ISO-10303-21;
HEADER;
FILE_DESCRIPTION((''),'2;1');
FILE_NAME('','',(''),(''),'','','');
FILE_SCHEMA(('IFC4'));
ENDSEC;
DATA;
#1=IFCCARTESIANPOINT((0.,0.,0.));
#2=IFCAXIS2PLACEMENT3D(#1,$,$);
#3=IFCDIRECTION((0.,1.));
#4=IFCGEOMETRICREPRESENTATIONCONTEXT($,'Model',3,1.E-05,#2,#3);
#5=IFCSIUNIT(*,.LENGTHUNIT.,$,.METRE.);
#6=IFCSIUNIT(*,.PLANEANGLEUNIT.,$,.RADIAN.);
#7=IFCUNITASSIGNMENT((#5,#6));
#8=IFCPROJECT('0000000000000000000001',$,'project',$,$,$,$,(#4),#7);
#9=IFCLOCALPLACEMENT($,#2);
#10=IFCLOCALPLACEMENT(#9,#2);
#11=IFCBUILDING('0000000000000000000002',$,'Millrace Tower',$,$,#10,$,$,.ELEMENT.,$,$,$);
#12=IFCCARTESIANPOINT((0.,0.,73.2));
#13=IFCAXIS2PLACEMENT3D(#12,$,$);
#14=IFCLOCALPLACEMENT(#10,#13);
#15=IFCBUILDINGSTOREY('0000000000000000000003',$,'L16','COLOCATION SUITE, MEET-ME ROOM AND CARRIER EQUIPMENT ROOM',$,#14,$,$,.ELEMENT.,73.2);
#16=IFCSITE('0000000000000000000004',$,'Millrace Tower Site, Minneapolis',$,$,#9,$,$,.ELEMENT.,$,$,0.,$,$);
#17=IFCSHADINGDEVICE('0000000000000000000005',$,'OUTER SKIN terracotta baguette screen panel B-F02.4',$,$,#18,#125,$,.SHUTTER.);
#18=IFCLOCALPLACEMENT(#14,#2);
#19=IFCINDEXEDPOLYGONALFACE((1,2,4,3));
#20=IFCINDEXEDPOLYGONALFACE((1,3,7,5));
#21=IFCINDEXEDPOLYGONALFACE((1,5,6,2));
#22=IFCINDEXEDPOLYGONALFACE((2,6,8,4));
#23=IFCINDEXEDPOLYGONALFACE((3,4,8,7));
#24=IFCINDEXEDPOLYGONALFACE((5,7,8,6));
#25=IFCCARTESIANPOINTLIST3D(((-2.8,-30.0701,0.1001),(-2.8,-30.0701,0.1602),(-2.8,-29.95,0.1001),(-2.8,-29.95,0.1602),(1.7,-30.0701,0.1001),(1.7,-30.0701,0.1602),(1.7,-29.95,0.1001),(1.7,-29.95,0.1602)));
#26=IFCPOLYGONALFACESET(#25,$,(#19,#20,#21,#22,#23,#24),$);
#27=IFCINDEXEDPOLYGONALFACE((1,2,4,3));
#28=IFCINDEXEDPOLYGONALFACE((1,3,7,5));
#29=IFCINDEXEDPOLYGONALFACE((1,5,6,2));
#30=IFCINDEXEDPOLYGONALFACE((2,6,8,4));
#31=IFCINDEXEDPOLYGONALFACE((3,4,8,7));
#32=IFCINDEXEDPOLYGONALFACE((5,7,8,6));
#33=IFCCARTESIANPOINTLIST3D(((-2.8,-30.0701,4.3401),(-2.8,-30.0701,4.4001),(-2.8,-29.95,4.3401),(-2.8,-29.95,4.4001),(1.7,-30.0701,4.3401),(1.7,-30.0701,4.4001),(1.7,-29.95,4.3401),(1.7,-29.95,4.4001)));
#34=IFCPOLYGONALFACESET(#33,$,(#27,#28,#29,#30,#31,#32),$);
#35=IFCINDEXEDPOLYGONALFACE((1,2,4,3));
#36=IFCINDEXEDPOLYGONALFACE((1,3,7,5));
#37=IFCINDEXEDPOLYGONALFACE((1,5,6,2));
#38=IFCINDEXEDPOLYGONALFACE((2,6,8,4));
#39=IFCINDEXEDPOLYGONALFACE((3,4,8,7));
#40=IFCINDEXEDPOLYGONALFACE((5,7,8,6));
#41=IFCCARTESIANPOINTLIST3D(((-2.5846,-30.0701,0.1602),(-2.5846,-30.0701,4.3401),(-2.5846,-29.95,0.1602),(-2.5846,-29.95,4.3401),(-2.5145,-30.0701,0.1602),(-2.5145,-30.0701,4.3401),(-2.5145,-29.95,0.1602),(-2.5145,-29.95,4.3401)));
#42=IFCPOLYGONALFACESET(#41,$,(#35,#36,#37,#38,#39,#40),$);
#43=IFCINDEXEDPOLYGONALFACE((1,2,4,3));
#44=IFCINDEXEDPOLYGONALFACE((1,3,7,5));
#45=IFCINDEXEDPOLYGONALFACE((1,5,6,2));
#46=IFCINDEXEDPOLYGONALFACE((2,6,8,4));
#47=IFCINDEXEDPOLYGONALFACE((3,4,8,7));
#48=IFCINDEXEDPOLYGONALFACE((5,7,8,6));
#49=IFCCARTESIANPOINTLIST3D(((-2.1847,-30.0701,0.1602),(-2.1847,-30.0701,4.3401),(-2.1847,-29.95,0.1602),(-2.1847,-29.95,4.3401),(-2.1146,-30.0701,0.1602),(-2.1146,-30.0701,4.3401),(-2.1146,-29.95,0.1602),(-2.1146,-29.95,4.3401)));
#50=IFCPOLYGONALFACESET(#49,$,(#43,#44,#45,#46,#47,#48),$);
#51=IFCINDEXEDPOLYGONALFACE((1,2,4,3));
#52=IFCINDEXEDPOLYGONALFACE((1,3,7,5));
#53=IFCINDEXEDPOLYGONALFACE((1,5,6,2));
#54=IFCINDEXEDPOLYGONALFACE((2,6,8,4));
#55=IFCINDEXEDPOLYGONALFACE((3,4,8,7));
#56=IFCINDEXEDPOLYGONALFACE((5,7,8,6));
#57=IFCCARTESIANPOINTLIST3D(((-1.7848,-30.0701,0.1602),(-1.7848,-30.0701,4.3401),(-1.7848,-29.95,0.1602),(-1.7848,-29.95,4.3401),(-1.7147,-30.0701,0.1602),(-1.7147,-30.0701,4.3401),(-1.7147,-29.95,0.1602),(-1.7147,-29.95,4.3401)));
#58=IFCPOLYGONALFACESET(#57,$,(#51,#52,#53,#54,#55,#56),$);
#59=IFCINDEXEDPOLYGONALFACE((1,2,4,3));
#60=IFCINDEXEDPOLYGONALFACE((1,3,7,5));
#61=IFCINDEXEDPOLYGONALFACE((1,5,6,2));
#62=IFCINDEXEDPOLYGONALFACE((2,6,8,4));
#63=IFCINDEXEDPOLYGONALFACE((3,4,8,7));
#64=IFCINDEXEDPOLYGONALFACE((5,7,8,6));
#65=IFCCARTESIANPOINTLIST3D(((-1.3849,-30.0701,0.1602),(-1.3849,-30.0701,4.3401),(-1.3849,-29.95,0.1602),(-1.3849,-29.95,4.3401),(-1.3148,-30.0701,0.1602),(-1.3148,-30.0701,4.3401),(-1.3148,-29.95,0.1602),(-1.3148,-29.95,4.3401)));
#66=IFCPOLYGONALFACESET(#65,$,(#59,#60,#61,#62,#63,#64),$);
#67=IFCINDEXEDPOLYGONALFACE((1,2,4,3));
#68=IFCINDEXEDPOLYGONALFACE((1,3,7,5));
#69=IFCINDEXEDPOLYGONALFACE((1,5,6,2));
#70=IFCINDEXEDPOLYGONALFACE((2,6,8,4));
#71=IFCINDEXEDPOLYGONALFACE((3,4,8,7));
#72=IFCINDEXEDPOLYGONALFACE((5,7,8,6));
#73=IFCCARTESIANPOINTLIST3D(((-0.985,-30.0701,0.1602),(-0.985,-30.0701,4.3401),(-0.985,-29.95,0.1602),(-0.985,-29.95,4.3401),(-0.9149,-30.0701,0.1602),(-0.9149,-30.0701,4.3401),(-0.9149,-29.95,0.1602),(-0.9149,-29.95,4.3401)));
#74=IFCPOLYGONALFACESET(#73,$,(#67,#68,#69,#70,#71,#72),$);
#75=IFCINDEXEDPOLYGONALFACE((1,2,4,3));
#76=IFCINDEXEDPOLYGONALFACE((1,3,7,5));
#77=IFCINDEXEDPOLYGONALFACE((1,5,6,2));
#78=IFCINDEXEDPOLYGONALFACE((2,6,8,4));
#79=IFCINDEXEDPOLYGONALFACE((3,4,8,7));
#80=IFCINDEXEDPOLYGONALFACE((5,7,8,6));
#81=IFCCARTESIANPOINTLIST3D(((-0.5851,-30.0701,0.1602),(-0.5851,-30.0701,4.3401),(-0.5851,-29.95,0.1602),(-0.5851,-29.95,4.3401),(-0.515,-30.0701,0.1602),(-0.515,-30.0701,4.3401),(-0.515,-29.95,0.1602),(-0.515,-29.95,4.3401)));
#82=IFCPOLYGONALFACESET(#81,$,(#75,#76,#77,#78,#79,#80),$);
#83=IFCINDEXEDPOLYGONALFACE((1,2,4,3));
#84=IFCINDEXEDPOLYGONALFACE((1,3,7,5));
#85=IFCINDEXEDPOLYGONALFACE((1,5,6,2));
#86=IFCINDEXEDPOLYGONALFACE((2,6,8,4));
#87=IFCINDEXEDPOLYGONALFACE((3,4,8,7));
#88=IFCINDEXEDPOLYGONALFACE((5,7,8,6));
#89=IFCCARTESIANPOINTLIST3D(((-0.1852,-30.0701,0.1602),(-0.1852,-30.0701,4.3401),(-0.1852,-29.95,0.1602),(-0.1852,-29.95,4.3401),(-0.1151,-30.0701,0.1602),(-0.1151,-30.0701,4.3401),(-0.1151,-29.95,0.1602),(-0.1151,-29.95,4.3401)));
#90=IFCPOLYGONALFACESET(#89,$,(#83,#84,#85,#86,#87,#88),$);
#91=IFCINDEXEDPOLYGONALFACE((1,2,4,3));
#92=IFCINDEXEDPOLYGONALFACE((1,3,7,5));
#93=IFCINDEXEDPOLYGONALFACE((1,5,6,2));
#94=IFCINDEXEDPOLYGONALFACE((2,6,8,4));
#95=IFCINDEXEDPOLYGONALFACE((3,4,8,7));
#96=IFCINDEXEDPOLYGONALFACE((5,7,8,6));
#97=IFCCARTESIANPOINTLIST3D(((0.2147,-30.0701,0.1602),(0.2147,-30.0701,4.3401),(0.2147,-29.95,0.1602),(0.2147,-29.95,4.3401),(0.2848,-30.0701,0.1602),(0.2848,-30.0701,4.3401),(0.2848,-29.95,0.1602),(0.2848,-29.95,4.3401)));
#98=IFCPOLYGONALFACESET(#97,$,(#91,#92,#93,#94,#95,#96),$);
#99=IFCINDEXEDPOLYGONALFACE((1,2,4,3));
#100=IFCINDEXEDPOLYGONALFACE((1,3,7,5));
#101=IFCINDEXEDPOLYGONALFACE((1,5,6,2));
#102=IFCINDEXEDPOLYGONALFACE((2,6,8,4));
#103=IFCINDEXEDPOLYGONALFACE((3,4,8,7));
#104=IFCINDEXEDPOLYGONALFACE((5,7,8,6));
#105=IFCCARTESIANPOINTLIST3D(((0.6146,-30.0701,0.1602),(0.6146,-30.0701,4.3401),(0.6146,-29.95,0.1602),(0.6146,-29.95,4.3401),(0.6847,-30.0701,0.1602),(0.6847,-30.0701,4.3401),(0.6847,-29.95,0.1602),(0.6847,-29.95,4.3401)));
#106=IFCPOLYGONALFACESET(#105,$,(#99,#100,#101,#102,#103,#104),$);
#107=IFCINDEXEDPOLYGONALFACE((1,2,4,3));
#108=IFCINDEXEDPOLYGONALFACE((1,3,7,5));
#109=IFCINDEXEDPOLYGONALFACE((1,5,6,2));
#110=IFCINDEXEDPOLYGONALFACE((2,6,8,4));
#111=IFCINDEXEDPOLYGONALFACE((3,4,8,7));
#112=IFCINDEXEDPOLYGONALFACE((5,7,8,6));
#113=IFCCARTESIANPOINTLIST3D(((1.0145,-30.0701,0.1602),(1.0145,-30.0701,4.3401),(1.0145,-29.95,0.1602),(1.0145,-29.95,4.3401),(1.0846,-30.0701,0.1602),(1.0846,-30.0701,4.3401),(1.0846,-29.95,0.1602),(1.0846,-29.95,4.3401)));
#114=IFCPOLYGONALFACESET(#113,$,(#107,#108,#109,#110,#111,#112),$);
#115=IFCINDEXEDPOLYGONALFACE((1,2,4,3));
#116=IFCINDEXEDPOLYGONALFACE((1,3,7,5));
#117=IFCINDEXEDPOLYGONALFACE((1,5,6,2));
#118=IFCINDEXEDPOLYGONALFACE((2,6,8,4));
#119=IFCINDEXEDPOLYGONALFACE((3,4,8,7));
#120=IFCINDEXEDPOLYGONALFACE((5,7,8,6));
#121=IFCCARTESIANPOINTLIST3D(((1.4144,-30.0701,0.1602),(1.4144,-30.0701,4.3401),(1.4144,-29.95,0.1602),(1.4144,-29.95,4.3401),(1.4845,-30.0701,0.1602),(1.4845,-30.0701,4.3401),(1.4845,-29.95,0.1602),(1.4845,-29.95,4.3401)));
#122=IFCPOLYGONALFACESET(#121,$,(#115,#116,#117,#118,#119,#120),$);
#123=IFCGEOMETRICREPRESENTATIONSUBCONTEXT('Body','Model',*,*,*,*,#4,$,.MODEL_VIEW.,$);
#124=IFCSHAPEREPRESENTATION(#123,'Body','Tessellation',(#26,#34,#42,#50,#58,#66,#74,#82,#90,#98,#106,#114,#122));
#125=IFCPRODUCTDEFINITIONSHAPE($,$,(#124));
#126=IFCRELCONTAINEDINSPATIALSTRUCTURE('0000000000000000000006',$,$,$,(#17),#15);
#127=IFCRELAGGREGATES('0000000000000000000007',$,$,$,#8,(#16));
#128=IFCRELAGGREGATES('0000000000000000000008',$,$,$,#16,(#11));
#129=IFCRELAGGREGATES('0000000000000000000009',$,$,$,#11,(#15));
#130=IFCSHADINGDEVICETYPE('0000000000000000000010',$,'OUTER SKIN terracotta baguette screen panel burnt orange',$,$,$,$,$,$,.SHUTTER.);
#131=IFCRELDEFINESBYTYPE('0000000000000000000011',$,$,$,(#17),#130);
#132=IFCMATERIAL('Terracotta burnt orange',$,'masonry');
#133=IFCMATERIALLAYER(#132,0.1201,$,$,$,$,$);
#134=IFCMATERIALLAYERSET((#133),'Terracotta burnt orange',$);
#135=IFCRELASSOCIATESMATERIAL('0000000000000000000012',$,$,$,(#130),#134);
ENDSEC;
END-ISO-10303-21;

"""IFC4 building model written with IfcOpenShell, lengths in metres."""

from ifc_helpers import new_model, entity, si_unit, direction, frame, frame_2d, origin, origin_2d, place, context, subcontext, project, spatial, rectangle, extrude, source, transform, mapped, material, layer, layer_set, type_object, element, save


model = new_model("IFC4")

# Units and contexts
model_context = context("Model", 3, precision=1e-05, world=origin(), true_north=direction((0.0, 1.0)))
body_context = subcontext(model_context, "Body", "Model", "MODEL_VIEW")
ifc_project = project(units=[si_unit("LENGTHUNIT", "METRE"), si_unit("PLANEANGLEUNIT", "RADIAN")], contexts=[model_context])

# Site, building, storey
site_placement = place(None, origin())
site = spatial("IfcSite", under=ifc_project, at=site_placement, Name="Millrace Tower Site, Minneapolis", CompositionType="ELEMENT", RefElevation=0.0)
building_placement = place(site_placement, origin())
building = spatial("IfcBuilding", under=site, at=building_placement, Name="Millrace Tower", CompositionType="ELEMENT")
storey_placement = place(building_placement, frame((0.0, 0.0, 73.2)))
storey = spatial("IfcBuildingStorey", under=building, at=storey_placement, Name="L16", Description="COLOCATION SUITE, MEET-ME ROOM AND CARRIER EQUIPMENT ROOM", CompositionType="ELEMENT", Elevation=73.2)

# Shading device
ifc_material_1 = material(Name="Terracotta burnt orange", Category="masonry")
ifc_layer_1 = layer(ifc_material_1, 0.1201)
ifc_layer_set_1 = layer_set([ifc_layer_1], Name="Terracotta burnt orange")
shading_device_type = type_object("IfcShadingDeviceType", Name="OUTER SKIN terracotta baguette screen panel burnt orange", PredefinedType="SHUTTER", material=ifc_layer_set_1)
cartesian_point_1 = entity("IfcCartesianPoint", [-2.25, 0.0601])
shared_polyline_1 = entity("IfcPolyline", [cartesian_point_1, entity("IfcCartesianPoint", [2.25, 0.0601]), entity("IfcCartesianPoint", [2.25, -0.0601]), entity("IfcCartesianPoint", [-2.25, -0.0601]), cartesian_point_1])
shared_shape_1 = source(origin(), body_context, "Body", "SweptSolid", [
    entity("IfcExtrudedAreaSolid", entity("IfcArbitraryClosedProfileDef", "AREA", None, shared_polyline_1), entity("IfcAxis2Placement3D", entity("IfcCartesianPoint", [0.0, 0.0, 0.0])), entity("IfcDirection", [0.0, 0.0, 1.0]), 0.0601),
    entity("IfcExtrudedAreaSolid", entity("IfcArbitraryClosedProfileDef", "AREA", None, shared_polyline_1), entity("IfcAxis2Placement3D", entity("IfcCartesianPoint", [0.0, 0.0, 4.24])), entity("IfcDirection", [0.0, 0.0, 1.0]), 0.0601),
    extrude(rectangle(XDim=0.0701, YDim=0.1201, at=frame_2d((-1.9995, 0.0))), frame((0.0, 0.0, 0.0601)), (0.0, 0.0, 1.0), 4.1799),
    extrude(rectangle(XDim=0.0701, YDim=0.1201, at=frame_2d((-1.5996, 0.0))), frame((0.0, 0.0, 0.0601)), (0.0, 0.0, 1.0), 4.1799),
    extrude(rectangle(XDim=0.0701, YDim=0.1201, at=frame_2d((-1.1997, 0.0))), frame((0.0, 0.0, 0.0601)), (0.0, 0.0, 1.0), 4.1799),
    extrude(rectangle(XDim=0.0701, YDim=0.1201, at=frame_2d((-0.7998, 0.0))), frame((0.0, 0.0, 0.0601)), (0.0, 0.0, 1.0), 4.1799),
    extrude(rectangle(XDim=0.0701, YDim=0.1201, at=frame_2d((-0.3999, 0.0))), frame((0.0, 0.0, 0.0601)), (0.0, 0.0, 1.0), 4.1799),
    extrude(rectangle(XDim=0.0701, YDim=0.1201, at=origin_2d()), frame((0.0, 0.0, 0.0601)), (0.0, 0.0, 1.0), 4.1799),
    extrude(rectangle(XDim=0.0701, YDim=0.1201, at=frame_2d((0.3999, 0.0))), frame((0.0, 0.0, 0.0601)), (0.0, 0.0, 1.0), 4.1799),
    extrude(rectangle(XDim=0.0701, YDim=0.1201, at=frame_2d((0.7998, 0.0))), frame((0.0, 0.0, 0.0601)), (0.0, 0.0, 1.0), 4.1799),
    extrude(rectangle(XDim=0.0701, YDim=0.1201, at=frame_2d((1.1997, 0.0))), frame((0.0, 0.0, 0.0601)), (0.0, 0.0, 1.0), 4.1799),
    extrude(rectangle(XDim=0.0701, YDim=0.1201, at=frame_2d((1.5996, 0.0))), frame((0.0, 0.0, 0.0601)), (0.0, 0.0, 1.0), 4.1799),
    extrude(rectangle(XDim=0.0701, YDim=0.1201, at=frame_2d((1.9995, 0.0))), frame((0.0, 0.0, 0.0601)), (0.0, 0.0, 1.0), 4.1799),
])
for number, where, z_axis, x_axis, name in (
    (1, (-0.55, -30.01, 0.1001), (0.0, 0.0, 1.0), (1.0, 0.0, 0.0), "OUTER SKIN terracotta baguette screen panel B-F02.4"),
):
    element("IfcShadingDevice", number, at=place(storey_placement, frame(where, z_axis=z_axis, x_axis=x_axis)), inside=storey, type_object=shading_device_type, Name=name, PredefinedType="SHUTTER", context=body_context, shape_type="MappedRepresentation", body=[
        mapped(shared_shape_1, transform((0.0, 0.0, 0.0), scale=1.0)),
    ])

save(model, "model.ifc")
